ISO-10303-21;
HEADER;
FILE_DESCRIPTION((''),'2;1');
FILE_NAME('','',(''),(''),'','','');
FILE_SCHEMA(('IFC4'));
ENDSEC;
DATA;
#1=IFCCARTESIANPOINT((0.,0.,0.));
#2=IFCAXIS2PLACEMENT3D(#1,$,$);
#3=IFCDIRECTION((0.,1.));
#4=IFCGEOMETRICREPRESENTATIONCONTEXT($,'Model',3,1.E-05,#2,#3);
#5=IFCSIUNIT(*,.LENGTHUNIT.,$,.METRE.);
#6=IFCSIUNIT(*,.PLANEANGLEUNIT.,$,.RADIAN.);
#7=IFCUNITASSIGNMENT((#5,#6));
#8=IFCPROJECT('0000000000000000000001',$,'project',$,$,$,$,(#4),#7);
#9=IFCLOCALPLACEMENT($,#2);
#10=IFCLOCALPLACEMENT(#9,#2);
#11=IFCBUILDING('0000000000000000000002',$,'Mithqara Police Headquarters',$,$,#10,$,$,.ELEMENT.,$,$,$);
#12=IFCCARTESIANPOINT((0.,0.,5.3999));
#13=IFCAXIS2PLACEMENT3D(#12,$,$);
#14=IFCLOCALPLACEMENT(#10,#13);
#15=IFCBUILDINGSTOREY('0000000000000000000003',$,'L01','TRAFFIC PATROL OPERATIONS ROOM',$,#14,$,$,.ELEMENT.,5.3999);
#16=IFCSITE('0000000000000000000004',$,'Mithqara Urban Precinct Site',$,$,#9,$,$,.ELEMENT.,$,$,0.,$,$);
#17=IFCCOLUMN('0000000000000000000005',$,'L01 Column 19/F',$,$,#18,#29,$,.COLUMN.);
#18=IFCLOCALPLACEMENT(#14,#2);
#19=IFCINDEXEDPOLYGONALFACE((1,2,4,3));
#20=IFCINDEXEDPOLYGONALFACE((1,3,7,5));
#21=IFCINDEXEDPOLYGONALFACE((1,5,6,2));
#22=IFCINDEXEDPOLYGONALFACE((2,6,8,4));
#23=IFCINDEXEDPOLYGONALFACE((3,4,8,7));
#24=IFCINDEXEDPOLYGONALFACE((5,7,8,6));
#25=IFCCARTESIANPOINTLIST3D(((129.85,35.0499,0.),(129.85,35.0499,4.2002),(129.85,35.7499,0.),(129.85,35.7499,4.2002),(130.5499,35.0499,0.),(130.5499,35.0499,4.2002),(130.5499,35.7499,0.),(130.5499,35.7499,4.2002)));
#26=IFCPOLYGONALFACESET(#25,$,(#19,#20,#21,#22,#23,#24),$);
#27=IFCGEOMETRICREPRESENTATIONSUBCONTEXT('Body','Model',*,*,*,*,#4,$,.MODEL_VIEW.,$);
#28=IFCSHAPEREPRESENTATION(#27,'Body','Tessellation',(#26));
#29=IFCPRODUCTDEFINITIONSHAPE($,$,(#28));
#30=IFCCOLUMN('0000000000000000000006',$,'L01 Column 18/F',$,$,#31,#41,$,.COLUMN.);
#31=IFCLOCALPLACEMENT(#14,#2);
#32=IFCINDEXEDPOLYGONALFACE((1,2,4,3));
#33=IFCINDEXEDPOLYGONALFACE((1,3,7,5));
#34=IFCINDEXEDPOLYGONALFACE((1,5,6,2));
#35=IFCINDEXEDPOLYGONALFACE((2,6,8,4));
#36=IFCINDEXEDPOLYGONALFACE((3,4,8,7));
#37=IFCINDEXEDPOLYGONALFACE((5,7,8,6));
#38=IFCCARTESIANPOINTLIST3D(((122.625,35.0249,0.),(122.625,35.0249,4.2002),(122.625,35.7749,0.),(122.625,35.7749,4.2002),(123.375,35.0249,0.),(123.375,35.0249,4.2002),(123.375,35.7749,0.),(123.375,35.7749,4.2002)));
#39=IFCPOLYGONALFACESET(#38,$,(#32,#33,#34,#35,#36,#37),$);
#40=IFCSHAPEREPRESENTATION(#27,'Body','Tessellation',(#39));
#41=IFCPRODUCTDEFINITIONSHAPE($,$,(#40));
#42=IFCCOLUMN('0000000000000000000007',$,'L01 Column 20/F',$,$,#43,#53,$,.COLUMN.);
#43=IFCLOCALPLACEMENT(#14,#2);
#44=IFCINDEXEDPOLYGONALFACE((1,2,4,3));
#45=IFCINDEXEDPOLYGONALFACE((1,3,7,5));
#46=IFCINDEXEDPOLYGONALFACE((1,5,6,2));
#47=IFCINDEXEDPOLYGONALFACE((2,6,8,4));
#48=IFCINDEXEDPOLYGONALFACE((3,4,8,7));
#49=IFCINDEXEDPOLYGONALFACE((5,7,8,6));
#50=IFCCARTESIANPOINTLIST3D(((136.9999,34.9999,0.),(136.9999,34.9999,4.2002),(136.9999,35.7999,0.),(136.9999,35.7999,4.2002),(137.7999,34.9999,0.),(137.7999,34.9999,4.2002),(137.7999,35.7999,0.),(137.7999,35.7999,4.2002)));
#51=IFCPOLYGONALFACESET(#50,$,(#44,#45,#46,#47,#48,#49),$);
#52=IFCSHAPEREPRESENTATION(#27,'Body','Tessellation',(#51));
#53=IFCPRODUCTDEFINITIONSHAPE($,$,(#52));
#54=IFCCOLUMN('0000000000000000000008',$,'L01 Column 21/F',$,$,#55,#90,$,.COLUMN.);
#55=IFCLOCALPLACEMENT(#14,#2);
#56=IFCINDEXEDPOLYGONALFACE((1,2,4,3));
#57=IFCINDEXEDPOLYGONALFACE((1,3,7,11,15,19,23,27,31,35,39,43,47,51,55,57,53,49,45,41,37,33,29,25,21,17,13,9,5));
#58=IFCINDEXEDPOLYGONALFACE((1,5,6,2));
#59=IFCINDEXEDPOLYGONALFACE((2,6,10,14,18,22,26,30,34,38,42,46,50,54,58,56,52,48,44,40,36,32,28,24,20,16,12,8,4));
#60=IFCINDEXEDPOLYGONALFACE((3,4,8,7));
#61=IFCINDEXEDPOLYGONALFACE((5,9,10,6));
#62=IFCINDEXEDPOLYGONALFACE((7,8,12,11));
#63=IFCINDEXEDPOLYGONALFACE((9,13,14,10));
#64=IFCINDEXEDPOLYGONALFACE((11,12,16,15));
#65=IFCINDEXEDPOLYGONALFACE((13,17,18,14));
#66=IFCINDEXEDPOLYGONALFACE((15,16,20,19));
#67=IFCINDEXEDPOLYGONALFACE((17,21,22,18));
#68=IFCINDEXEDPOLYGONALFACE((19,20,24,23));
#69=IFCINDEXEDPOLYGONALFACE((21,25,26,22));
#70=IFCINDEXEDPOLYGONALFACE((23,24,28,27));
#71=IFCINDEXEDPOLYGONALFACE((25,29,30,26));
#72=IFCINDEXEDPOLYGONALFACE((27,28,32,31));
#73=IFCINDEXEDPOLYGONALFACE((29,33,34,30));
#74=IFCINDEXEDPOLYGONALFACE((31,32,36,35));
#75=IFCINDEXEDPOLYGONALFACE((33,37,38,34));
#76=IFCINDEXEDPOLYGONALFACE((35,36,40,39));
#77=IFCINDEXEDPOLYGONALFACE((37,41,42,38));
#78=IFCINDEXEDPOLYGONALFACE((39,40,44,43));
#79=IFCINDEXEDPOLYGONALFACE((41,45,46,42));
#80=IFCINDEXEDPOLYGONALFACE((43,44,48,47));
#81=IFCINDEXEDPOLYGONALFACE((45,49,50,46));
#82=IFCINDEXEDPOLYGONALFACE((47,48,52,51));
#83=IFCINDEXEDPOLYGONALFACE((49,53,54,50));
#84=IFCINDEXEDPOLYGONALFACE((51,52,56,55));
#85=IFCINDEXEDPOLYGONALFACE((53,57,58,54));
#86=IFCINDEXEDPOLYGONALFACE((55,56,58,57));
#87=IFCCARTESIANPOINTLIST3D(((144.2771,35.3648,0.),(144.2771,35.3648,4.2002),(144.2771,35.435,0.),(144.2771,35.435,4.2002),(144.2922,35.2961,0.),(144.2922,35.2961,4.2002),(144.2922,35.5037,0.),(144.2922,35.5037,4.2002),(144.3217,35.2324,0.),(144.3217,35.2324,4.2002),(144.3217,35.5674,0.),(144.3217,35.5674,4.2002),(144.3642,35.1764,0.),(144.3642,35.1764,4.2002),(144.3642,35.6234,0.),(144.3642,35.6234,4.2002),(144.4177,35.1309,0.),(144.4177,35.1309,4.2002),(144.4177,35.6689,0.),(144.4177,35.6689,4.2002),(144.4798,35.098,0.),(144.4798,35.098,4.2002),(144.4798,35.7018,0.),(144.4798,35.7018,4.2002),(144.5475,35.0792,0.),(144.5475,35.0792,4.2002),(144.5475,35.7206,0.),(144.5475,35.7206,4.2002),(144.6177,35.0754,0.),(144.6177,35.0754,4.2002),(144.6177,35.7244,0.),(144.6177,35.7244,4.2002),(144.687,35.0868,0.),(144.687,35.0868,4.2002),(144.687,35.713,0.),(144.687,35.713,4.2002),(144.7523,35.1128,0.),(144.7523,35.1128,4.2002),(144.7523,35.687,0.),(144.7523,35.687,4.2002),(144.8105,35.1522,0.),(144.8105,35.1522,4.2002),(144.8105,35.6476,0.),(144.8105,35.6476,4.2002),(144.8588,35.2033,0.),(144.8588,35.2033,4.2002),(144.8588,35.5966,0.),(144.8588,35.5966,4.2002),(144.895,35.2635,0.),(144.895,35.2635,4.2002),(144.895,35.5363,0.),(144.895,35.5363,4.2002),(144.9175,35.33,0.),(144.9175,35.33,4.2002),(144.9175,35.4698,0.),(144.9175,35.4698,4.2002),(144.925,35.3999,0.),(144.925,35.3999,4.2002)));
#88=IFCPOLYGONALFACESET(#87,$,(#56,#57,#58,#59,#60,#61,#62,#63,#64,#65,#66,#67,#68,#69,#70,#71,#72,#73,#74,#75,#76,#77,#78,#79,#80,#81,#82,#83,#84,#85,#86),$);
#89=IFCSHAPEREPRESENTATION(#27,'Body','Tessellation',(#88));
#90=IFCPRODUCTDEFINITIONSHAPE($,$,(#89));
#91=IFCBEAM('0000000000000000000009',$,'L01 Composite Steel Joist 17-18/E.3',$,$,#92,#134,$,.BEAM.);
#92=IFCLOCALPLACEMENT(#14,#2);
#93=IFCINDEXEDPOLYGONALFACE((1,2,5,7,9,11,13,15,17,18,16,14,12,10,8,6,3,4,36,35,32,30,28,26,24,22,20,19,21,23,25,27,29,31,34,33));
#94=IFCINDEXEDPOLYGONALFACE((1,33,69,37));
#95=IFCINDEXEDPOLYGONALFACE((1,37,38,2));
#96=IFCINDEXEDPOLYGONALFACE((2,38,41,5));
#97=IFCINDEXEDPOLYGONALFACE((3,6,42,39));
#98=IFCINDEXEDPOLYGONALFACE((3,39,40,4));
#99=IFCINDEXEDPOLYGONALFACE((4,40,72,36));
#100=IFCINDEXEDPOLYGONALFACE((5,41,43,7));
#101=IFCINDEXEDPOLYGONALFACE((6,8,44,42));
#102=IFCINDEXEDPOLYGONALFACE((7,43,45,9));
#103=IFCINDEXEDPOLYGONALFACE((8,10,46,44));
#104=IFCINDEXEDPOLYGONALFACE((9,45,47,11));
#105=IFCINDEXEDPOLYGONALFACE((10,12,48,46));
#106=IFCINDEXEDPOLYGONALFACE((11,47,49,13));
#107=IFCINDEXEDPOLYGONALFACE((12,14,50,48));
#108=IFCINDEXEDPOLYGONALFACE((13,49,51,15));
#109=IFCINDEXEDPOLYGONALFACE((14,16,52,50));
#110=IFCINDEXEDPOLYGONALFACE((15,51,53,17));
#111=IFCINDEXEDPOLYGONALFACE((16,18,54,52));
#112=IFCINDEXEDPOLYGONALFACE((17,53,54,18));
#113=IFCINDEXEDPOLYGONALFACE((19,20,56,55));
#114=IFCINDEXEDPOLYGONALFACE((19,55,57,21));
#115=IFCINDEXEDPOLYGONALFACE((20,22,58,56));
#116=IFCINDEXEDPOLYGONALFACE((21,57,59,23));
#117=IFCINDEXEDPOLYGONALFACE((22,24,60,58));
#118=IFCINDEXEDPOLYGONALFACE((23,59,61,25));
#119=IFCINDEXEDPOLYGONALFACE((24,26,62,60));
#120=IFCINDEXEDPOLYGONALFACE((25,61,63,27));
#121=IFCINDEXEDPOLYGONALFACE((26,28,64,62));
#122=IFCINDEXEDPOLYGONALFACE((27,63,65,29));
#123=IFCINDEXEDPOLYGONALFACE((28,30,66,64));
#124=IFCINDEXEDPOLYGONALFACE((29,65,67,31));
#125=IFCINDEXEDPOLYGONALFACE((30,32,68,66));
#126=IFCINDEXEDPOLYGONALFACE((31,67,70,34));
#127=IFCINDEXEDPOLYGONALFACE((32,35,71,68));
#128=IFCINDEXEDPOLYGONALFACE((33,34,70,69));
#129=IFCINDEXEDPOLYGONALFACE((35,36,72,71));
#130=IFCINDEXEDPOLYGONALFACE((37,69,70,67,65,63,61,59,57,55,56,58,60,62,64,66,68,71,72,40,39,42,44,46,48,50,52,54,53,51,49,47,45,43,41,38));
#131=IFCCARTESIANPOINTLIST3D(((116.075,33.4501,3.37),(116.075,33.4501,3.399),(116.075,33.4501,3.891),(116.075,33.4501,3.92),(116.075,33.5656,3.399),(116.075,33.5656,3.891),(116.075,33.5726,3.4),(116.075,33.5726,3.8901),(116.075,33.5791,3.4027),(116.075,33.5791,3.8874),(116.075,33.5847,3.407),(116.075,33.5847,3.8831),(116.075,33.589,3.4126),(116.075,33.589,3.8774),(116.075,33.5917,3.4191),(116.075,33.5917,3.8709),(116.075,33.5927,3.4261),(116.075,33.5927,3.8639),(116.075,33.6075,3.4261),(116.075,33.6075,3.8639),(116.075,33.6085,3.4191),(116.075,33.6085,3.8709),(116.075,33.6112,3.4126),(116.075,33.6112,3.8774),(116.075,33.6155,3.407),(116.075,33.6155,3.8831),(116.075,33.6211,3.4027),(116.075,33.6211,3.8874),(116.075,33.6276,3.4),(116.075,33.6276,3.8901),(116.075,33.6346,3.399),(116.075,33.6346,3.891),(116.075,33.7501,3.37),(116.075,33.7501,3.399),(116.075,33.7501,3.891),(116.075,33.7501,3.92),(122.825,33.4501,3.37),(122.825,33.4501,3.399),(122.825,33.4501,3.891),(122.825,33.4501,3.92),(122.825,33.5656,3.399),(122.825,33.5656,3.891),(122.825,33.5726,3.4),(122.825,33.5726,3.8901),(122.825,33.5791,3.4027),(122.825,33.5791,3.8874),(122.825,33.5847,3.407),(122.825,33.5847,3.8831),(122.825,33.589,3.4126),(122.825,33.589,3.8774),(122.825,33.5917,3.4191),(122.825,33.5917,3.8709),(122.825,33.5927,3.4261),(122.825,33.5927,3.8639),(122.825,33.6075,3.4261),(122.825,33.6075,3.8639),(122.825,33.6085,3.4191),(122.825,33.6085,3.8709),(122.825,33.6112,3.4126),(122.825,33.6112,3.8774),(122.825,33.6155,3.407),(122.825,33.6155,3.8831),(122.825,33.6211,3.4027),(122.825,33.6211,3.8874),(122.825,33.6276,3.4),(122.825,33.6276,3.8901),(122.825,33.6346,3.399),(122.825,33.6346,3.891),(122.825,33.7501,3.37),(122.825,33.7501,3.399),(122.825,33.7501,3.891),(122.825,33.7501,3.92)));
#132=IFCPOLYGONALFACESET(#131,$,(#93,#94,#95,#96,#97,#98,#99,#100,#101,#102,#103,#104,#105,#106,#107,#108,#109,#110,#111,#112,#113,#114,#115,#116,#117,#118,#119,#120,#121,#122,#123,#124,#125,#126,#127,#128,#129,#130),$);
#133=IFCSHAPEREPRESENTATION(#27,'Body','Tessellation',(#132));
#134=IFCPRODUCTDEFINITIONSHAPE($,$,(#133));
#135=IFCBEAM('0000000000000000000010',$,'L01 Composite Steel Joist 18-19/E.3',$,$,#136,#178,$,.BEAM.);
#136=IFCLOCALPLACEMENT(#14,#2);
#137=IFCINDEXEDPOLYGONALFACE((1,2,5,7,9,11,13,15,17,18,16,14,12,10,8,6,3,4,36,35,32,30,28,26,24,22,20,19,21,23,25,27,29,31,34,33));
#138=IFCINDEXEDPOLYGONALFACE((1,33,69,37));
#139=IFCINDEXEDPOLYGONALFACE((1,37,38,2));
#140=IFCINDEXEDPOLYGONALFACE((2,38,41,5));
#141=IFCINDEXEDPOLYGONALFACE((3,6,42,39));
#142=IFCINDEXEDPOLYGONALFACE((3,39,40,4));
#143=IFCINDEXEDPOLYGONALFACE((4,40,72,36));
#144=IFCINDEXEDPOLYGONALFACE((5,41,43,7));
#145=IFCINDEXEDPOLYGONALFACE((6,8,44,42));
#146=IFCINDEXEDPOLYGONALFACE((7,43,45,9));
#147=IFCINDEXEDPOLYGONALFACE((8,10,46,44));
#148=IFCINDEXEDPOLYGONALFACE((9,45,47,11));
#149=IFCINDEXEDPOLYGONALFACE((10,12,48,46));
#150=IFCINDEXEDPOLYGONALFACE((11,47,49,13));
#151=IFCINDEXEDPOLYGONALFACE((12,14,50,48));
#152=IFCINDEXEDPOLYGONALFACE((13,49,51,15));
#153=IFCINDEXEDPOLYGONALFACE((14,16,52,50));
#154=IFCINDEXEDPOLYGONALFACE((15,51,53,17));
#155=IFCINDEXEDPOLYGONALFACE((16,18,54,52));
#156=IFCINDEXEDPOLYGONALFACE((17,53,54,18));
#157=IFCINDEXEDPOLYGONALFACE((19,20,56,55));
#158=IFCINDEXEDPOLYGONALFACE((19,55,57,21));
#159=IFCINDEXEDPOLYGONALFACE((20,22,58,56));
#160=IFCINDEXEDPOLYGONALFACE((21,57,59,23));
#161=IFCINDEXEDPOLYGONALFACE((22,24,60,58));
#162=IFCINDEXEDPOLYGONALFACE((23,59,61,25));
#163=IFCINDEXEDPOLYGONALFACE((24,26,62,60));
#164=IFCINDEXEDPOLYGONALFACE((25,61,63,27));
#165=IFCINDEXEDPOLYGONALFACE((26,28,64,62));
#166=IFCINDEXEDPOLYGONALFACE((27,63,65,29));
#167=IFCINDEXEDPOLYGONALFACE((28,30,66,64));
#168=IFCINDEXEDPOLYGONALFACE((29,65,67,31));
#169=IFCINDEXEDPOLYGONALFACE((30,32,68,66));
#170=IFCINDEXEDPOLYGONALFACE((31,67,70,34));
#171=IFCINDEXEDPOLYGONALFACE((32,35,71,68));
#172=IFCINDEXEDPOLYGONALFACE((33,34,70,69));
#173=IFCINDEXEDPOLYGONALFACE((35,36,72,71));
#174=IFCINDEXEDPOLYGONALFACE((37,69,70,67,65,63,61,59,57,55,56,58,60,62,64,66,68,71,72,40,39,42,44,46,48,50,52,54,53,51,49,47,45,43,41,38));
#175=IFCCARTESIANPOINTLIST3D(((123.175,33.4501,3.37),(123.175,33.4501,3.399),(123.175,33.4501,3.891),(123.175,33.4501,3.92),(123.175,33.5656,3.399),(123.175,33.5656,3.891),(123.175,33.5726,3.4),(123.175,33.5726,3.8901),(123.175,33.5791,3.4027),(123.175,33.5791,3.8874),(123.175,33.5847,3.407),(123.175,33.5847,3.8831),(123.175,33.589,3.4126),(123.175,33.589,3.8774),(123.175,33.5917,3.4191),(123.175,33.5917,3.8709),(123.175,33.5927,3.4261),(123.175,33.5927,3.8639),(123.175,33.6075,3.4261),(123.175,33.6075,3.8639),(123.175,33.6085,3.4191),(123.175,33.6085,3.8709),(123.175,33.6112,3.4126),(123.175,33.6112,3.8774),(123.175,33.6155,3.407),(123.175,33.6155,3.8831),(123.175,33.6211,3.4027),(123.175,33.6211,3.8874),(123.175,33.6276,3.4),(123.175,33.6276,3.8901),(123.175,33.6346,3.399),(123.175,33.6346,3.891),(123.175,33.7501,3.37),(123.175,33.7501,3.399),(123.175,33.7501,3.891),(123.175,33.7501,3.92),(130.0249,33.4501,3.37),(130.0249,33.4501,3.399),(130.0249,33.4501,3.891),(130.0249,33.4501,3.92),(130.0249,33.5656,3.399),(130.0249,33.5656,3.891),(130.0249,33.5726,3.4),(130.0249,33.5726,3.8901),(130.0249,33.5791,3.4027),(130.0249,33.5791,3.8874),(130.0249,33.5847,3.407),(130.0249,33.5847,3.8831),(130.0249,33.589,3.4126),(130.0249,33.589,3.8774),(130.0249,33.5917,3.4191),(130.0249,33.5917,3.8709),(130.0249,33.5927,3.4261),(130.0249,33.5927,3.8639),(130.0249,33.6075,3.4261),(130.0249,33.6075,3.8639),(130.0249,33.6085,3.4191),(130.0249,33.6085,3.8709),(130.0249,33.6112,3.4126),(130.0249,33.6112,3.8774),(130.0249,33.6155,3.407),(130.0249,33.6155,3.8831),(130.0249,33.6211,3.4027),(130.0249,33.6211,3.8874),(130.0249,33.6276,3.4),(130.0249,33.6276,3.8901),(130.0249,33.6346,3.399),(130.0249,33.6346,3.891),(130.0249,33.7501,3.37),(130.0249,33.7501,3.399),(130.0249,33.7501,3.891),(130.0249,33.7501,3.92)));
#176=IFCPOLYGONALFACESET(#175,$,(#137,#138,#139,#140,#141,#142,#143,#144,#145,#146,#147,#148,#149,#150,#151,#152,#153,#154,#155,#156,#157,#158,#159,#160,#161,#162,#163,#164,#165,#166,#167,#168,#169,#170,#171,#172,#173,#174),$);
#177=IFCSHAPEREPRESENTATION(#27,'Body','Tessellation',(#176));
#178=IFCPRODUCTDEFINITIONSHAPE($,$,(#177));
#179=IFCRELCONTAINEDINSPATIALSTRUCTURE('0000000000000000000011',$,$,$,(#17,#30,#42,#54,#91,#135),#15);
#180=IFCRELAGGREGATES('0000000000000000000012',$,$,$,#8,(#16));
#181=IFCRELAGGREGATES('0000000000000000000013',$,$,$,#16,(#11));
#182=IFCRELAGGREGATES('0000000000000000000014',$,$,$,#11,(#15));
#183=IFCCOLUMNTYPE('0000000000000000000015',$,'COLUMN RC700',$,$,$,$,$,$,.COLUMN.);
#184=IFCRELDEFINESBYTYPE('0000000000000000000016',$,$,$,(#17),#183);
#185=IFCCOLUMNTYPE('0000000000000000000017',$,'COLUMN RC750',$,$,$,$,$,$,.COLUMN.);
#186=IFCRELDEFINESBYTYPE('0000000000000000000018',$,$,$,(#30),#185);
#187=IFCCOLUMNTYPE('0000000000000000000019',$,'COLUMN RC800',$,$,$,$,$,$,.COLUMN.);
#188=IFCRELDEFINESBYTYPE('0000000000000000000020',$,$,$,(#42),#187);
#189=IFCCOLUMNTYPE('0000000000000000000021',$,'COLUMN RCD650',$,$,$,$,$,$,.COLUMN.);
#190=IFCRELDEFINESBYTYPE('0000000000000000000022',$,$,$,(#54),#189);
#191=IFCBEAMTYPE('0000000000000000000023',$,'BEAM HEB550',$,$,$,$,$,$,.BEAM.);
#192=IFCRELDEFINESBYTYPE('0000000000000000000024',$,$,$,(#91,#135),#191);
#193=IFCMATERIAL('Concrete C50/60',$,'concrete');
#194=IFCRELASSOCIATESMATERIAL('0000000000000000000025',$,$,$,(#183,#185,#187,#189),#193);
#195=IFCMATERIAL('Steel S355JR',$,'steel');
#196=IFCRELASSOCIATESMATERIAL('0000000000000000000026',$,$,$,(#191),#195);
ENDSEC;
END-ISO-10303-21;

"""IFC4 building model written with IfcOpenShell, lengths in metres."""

from ifc_helpers import new_model, si_unit, direction, frame, origin, origin_2d, place, context, subcontext, project, spatial, rectangle, circle, i_section, extrude, material, material_profile, profile_set, type_object, element, save


model = new_model("IFC4")

# Units and contexts
model_context = context("Model", 3, precision=1e-05, world=origin(), true_north=direction((0.0, 1.0)))
body_context = subcontext(model_context, "Body", "Model", "MODEL_VIEW")
ifc_project = project(units=[si_unit("LENGTHUNIT", "METRE"), si_unit("PLANEANGLEUNIT", "RADIAN")], contexts=[model_context])

# Site, building, storey
site_placement = place(None, origin())
site = spatial("IfcSite", under=ifc_project, at=site_placement, Name="Mithqara Urban Precinct Site", CompositionType="ELEMENT", RefElevation=0.0)
building_placement = place(site_placement, origin())
building = spatial("IfcBuilding", under=site, at=building_placement, Name="Mithqara Police Headquarters", CompositionType="ELEMENT")
storey_placement = place(building_placement, frame((0.0, 0.0, 5.3999)))
storey = spatial("IfcBuildingStorey", under=building, at=storey_placement, Name="L01", Description="TRAFFIC PATROL OPERATIONS ROOM", CompositionType="ELEMENT", Elevation=5.3999)

# Columns
ifc_material_1 = material(Name="Concrete C50/60", Category="concrete")
ifc_material_profile_1 = material_profile(ifc_material_1, rectangle(XDim=0.7, YDim=0.7, at=origin_2d()), Name="RC 700x700")
ifc_profile_set_1 = profile_set([ifc_material_profile_1], Name="Concrete C50/60")
column_type_1 = type_object("IfcColumnType", Name="COLUMN RC700", PredefinedType="COLUMN", material=ifc_profile_set_1)
column_1_placement = place(storey_placement, frame((130.2, 35.3999, 0.0), z_axis=(0.0, 0.0, 1.0), x_axis=(1.0, 0.0, 0.0)))
element("IfcColumn", 1, at=column_1_placement, inside=storey, type_object=column_type_1, Name="L01 Column 19/F", PredefinedType="COLUMN", context=body_context, shape_type="SweptSolid", body=[
    extrude(rectangle(XDim=0.7, YDim=0.7, at=origin_2d()), origin(), (0.0, 0.0, 1.0), 4.2002),
])
ifc_material_profile_2 = material_profile(ifc_material_1, rectangle(XDim=0.75, YDim=0.75, at=origin_2d()), Name="RC 750x750")
ifc_profile_set_2 = profile_set([ifc_material_profile_2], Name="Concrete C50/60")
column_type_2 = type_object("IfcColumnType", Name="COLUMN RC750", PredefinedType="COLUMN", material=ifc_profile_set_2)
column_2_placement = place(storey_placement, frame((123.0, 35.3999, 0.0), z_axis=(0.0, 0.0, 1.0), x_axis=(1.0, 0.0, 0.0)))
element("IfcColumn", 2, at=column_2_placement, inside=storey, type_object=column_type_2, Name="L01 Column 18/F", PredefinedType="COLUMN", context=body_context, shape_type="SweptSolid", body=[
    extrude(rectangle(XDim=0.75, YDim=0.75, at=origin_2d()), origin(), (0.0, 0.0, 1.0), 4.2002),
])
ifc_material_profile_3 = material_profile(ifc_material_1, rectangle(XDim=0.8, YDim=0.8, at=origin_2d()), Name="RC 800x800")
ifc_profile_set_3 = profile_set([ifc_material_profile_3], Name="Concrete C50/60")
column_type_3 = type_object("IfcColumnType", Name="COLUMN RC800", PredefinedType="COLUMN", material=ifc_profile_set_3)
column_3_placement = place(storey_placement, frame((137.3999, 35.3999, 0.0), z_axis=(0.0, 0.0, 1.0), x_axis=(1.0, 0.0, 0.0)))
element("IfcColumn", 3, at=column_3_placement, inside=storey, type_object=column_type_3, Name="L01 Column 20/F", PredefinedType="COLUMN", context=body_context, shape_type="SweptSolid", body=[
    extrude(rectangle(XDim=0.8, YDim=0.8, at=origin_2d()), origin(), (0.0, 0.0, 1.0), 4.2002),
])
ifc_material_profile_4 = material_profile(ifc_material_1, circle(Radius=0.325, at=origin_2d()), Name="RCD 650")
ifc_profile_set_4 = profile_set([ifc_material_profile_4], Name="Concrete C50/60")
column_type_4 = type_object("IfcColumnType", Name="COLUMN RCD650", PredefinedType="COLUMN", material=ifc_profile_set_4)
column_4_placement = place(storey_placement, frame((144.6001, 35.3999, 0.0), z_axis=(0.0, 0.0, 1.0), x_axis=(1.0, 0.0, 0.0)))
element("IfcColumn", 4, at=column_4_placement, inside=storey, type_object=column_type_4, Name="L01 Column 21/F", PredefinedType="COLUMN", context=body_context, shape_type="SweptSolid", body=[
    extrude(circle(Radius=0.325, at=origin_2d()), origin(), (0.0, 0.0, 1.0), 4.2002),
])

# Beams
ifc_material_2 = material(Name="Steel S355JR", Category="steel")
ifc_material_profile_5 = material_profile(ifc_material_2, i_section(OverallWidth=0.3, OverallDepth=0.55, WebThickness=0.0149, FlangeThickness=0.0291, FilletRadius=0.0271, at=origin_2d()), Name="HEB 550")
ifc_profile_set_5 = profile_set([ifc_material_profile_5], Name="Steel S355JR")
beam_type_1 = type_object("IfcBeamType", Name="BEAM HEB550", PredefinedType="BEAM", material=ifc_profile_set_5)
beam_1_placement = place(storey_placement, frame((116.075, 33.6001, 3.645), z_axis=(1.0, 0.0, 0.0), x_axis=(0.0, 1.0, 0.0)))
element("IfcBeam", 5, at=beam_1_placement, inside=storey, type_object=beam_type_1, Name="L01 Composite Steel Joist 17-18/E.3", PredefinedType="BEAM", context=body_context, shape_type="SweptSolid", body=[
    extrude(i_section(OverallWidth=0.3, OverallDepth=0.55, WebThickness=0.0149, FlangeThickness=0.0291, FilletRadius=0.0271, at=origin_2d()), origin(), (0.0, 0.0, 1.0), 6.75),
])
beam_2_placement = place(storey_placement, frame((123.175, 33.6001, 3.645), z_axis=(1.0, 0.0, 0.0), x_axis=(0.0, 1.0, 0.0)))
element("IfcBeam", 6, at=beam_2_placement, inside=storey, type_object=beam_type_1, Name="L01 Composite Steel Joist 18-19/E.3", PredefinedType="BEAM", context=body_context, shape_type="SweptSolid", body=[
    extrude(i_section(OverallWidth=0.3, OverallDepth=0.55, WebThickness=0.0149, FlangeThickness=0.0291, FilletRadius=0.0271, at=origin_2d()), origin(), (0.0, 0.0, 1.0), 6.8499),
])

save(model, "model.ifc")
